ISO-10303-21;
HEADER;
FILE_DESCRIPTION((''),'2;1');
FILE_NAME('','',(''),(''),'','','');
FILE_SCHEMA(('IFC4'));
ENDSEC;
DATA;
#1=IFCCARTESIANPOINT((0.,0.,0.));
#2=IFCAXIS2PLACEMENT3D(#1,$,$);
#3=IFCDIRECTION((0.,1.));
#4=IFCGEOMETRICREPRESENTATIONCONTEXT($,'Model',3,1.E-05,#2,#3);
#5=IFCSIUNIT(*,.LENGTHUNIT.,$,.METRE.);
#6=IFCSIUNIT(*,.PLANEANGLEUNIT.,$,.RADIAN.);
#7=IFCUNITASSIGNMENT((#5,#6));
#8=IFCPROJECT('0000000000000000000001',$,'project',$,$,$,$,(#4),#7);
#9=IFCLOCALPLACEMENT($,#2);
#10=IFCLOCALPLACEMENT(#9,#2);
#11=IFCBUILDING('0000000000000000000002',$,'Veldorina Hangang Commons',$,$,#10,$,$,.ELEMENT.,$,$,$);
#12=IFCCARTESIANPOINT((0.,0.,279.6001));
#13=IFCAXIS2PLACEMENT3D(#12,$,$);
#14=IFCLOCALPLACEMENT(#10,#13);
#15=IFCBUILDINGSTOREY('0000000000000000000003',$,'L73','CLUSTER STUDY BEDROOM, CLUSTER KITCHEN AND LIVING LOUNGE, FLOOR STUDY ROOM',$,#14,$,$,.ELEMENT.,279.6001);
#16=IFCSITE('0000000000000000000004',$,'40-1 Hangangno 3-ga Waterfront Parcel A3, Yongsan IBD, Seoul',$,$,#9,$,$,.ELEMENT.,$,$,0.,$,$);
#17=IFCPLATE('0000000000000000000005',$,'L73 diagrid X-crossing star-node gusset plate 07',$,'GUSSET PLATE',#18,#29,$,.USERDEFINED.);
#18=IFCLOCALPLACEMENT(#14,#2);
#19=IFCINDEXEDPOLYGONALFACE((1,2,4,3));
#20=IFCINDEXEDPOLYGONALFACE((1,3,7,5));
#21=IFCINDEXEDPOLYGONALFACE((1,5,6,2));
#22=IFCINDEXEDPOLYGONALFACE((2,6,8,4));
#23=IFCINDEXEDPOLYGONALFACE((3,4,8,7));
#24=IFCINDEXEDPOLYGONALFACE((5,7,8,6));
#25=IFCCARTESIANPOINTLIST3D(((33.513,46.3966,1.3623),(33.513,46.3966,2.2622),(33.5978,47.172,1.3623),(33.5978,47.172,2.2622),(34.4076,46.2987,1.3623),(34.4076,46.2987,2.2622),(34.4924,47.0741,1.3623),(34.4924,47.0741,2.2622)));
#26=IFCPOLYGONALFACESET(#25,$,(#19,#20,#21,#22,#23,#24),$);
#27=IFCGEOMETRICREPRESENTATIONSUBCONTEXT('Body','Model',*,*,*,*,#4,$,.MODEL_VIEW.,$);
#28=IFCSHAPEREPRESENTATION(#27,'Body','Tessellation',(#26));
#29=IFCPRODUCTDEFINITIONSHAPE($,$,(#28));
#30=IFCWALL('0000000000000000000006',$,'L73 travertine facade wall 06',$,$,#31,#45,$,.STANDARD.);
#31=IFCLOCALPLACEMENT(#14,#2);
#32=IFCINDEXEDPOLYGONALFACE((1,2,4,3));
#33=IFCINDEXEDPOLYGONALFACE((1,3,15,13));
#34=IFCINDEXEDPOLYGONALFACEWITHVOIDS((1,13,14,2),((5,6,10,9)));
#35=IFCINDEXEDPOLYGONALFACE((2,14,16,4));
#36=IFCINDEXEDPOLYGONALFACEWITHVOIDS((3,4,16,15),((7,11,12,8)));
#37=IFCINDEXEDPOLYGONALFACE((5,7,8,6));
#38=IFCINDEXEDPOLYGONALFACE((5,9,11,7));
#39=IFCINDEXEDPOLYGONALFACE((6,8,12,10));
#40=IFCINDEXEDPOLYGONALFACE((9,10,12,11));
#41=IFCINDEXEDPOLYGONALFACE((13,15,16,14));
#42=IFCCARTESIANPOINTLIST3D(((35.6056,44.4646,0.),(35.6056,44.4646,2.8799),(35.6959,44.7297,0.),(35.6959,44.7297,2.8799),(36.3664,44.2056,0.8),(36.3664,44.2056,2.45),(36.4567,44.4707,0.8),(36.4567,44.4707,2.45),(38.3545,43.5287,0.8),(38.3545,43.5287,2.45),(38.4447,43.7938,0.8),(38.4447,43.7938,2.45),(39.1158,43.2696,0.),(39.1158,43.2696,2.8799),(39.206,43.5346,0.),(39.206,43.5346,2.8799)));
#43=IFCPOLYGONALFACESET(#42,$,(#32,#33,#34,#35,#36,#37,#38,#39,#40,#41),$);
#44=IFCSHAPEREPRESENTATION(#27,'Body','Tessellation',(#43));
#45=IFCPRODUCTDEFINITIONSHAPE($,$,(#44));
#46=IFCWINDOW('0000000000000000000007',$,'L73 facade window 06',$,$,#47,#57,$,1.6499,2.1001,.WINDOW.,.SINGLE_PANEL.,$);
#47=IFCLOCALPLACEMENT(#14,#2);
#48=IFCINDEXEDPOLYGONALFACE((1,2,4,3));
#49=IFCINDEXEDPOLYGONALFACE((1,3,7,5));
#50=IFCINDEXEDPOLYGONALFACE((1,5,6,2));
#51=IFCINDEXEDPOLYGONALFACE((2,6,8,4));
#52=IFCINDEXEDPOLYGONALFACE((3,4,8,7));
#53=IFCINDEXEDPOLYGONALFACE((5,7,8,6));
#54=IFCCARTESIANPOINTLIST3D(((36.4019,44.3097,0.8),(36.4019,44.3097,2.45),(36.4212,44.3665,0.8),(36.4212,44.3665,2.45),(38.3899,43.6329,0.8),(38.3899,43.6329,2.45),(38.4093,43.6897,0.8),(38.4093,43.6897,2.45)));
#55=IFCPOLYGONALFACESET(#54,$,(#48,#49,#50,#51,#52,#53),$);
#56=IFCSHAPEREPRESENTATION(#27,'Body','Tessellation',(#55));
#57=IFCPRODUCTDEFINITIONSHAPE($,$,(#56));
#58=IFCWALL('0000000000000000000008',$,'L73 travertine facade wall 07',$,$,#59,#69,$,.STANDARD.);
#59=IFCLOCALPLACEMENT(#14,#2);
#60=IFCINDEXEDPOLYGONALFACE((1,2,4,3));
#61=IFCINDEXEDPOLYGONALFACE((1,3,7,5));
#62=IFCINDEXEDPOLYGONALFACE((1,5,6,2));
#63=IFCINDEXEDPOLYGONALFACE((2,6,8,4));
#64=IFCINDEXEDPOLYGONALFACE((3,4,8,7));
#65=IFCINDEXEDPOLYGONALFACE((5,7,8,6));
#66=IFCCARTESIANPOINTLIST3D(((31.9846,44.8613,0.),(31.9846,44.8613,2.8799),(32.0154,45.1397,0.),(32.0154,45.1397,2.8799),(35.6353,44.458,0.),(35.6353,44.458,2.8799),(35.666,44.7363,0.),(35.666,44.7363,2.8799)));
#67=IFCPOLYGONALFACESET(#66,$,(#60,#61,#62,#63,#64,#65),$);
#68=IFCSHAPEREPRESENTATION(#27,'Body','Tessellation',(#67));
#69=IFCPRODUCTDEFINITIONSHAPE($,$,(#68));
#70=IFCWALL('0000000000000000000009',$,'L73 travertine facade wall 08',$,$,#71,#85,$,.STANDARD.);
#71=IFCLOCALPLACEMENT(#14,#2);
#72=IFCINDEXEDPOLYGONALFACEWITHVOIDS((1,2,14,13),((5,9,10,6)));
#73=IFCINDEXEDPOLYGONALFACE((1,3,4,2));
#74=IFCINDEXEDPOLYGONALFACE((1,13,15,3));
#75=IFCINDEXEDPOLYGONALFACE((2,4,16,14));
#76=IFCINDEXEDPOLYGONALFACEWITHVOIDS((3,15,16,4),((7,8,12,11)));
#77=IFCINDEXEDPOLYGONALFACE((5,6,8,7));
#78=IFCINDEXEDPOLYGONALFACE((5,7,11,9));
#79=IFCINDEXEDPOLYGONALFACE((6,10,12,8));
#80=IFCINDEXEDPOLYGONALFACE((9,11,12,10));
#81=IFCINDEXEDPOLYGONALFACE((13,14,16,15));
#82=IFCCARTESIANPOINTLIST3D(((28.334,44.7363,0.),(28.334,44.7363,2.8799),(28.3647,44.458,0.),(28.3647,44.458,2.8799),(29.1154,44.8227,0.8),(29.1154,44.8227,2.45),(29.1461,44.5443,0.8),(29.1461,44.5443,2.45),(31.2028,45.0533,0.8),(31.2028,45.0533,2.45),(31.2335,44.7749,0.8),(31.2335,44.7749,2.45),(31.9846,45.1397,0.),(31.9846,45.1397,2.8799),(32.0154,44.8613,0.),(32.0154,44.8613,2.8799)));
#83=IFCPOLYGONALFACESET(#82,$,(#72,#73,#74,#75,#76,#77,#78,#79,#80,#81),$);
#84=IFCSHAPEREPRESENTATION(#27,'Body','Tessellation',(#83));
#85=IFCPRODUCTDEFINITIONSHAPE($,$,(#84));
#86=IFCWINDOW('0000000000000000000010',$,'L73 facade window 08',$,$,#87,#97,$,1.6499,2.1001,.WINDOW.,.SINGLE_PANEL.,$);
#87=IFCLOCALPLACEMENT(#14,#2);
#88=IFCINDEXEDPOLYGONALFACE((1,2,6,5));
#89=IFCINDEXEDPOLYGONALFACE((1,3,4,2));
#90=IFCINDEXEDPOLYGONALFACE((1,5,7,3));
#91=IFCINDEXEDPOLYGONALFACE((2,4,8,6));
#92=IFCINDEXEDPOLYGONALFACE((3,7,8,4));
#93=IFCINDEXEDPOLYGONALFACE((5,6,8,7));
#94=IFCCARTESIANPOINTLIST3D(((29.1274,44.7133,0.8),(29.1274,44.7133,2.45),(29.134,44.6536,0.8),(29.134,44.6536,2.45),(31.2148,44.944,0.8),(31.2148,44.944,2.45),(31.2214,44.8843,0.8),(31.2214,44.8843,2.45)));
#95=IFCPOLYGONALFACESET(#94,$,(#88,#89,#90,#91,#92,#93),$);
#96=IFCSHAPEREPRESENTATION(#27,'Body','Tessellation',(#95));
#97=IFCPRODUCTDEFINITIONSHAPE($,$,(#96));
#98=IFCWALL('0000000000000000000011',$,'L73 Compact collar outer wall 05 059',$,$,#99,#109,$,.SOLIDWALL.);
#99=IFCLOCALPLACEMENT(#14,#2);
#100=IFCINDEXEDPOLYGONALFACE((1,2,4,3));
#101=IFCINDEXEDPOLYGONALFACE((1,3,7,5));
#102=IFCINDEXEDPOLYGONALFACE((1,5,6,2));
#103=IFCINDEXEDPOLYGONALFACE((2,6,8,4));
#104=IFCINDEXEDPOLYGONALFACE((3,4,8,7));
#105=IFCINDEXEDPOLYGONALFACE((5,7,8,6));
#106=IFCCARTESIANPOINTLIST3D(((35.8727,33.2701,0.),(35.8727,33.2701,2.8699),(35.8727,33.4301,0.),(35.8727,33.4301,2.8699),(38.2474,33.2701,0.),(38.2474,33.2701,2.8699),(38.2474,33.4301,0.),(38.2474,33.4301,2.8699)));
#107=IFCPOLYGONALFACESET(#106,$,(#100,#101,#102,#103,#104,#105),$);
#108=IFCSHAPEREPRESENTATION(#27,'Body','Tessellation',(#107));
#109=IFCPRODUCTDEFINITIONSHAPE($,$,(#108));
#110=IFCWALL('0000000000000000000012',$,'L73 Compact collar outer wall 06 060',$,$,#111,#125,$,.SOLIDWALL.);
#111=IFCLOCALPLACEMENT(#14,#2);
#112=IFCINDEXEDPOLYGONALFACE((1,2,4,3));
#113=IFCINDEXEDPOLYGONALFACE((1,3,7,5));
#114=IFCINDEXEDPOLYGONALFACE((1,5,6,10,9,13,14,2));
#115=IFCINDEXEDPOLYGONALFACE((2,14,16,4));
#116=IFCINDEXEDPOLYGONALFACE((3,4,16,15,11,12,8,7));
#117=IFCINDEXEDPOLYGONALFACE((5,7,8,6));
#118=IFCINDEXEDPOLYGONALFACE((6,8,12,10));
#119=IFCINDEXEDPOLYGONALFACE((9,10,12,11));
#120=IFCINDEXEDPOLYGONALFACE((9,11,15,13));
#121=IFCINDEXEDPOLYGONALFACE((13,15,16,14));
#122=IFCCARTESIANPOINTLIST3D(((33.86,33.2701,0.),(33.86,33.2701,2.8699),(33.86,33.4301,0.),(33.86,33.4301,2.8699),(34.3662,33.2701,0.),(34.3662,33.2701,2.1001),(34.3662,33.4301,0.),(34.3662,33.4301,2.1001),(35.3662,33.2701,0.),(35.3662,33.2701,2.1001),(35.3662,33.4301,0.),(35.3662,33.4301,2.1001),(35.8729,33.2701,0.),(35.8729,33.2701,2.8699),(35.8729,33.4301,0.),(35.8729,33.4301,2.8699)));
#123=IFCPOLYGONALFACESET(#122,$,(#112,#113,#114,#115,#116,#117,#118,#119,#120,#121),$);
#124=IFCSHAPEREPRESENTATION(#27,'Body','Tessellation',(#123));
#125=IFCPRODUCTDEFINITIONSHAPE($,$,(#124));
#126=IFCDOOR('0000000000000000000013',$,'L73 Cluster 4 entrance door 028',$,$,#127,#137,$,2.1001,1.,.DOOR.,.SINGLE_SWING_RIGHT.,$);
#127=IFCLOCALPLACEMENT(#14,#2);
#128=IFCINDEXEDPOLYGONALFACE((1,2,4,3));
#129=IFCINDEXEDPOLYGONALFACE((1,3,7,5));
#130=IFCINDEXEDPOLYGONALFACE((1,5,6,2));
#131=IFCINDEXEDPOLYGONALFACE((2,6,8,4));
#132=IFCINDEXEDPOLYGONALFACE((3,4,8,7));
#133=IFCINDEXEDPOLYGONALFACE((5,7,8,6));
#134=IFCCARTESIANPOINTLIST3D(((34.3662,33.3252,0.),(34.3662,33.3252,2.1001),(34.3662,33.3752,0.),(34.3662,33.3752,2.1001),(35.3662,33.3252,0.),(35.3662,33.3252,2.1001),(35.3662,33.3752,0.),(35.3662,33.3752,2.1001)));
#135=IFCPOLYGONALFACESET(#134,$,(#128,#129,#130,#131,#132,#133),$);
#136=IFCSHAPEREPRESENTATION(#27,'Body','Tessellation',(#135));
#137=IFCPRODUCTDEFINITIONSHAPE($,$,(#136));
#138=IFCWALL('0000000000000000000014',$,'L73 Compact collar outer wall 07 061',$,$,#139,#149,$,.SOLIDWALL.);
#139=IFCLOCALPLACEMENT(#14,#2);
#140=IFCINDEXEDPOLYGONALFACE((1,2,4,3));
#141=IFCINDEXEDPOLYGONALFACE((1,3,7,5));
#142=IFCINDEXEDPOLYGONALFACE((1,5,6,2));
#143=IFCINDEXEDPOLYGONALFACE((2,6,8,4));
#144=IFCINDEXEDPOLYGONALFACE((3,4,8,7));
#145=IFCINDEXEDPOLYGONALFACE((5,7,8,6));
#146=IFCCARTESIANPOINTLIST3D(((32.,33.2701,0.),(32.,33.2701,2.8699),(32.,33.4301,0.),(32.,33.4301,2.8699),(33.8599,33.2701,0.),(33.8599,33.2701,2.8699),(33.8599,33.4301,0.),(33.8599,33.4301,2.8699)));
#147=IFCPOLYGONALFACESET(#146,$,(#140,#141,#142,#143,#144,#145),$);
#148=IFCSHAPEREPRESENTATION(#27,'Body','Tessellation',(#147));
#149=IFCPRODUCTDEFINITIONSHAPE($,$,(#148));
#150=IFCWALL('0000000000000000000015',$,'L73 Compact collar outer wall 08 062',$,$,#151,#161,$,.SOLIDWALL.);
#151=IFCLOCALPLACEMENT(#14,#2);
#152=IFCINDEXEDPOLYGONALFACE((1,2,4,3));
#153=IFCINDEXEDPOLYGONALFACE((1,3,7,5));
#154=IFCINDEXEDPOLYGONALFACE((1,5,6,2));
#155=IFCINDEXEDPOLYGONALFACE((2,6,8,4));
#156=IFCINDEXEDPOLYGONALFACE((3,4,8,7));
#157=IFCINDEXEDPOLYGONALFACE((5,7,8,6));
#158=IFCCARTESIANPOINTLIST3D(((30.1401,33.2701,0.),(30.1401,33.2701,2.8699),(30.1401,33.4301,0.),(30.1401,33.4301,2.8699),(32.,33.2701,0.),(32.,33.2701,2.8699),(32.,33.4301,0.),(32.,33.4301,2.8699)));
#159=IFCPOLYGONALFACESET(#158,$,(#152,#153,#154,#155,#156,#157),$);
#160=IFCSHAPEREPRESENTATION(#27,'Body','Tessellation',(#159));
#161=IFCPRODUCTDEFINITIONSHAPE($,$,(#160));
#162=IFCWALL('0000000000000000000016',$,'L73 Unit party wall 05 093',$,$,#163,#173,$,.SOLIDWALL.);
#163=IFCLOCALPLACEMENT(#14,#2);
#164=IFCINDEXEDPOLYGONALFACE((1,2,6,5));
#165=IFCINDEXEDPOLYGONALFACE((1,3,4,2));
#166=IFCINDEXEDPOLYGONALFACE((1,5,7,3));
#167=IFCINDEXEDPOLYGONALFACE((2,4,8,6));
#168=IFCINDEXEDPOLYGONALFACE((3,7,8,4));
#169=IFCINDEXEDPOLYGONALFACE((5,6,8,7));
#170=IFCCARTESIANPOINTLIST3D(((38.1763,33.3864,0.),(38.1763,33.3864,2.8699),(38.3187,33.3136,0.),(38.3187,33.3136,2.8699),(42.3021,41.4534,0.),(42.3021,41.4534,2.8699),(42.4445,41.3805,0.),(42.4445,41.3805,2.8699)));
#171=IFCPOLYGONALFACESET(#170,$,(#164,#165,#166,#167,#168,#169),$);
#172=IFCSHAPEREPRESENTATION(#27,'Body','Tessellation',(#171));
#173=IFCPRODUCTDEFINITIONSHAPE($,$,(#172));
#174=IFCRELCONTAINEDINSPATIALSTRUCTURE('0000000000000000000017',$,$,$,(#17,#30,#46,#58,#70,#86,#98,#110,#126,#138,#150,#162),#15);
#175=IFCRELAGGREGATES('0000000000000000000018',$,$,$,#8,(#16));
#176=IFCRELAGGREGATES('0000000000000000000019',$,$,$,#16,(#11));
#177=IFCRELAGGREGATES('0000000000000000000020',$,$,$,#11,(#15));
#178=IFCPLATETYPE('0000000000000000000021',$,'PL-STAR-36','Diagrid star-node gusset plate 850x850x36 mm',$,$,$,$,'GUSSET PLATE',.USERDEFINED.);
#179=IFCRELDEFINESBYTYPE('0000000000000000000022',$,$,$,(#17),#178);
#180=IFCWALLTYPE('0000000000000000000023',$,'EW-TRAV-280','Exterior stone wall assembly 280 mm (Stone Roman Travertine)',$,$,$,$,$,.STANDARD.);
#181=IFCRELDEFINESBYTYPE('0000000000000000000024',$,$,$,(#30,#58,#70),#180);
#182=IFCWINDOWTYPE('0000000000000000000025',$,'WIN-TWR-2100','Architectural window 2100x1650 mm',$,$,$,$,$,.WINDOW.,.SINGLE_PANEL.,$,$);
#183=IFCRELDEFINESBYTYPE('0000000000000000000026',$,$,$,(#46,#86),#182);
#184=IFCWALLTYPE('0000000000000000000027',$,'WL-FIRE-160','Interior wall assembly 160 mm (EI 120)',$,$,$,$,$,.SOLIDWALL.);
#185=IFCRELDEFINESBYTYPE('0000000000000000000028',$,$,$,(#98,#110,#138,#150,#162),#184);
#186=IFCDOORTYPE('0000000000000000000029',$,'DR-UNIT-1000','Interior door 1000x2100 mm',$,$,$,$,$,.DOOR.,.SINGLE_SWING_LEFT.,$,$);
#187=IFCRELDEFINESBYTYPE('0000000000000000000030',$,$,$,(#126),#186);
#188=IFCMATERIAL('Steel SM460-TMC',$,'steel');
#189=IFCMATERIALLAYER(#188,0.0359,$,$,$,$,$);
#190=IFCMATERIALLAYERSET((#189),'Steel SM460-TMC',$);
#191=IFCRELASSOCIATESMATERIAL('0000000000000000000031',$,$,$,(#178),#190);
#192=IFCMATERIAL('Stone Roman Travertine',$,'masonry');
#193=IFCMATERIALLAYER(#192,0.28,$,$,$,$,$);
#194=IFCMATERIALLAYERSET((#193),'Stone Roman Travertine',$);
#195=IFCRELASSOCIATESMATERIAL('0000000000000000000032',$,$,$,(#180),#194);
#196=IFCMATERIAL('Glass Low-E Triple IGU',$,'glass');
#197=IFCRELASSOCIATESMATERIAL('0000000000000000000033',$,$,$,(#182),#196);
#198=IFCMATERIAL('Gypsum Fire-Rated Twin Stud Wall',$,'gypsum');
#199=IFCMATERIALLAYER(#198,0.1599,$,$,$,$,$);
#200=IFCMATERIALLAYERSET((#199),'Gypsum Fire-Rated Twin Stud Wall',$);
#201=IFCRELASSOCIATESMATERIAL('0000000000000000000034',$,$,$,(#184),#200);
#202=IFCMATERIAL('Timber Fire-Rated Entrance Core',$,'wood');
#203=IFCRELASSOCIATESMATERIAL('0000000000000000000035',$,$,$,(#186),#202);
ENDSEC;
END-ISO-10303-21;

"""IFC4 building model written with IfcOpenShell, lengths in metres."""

from ifc_helpers import new_model, si_unit, direction, frame, frame_2d, origin, origin_2d, place, context, subcontext, project, spatial, rectangle, extrude, material, layer, layer_set, type_object, element, fill, save


model = new_model("IFC4")

# Units and contexts
model_context = context("Model", 3, precision=1e-05, world=origin(), true_north=direction((0.0, 1.0)))
body_context = subcontext(model_context, "Body", "Model", "MODEL_VIEW")
ifc_project = project(units=[si_unit("LENGTHUNIT", "METRE"), si_unit("PLANEANGLEUNIT", "RADIAN")], contexts=[model_context])

# Site, building, storey
site_placement = place(None, origin())
site = spatial("IfcSite", under=ifc_project, at=site_placement, Name="40-1 Hangangno 3-ga Waterfront Parcel A3, Yongsan IBD, Seoul", CompositionType="ELEMENT", RefElevation=0.0)
building_placement = place(site_placement, origin())
building = spatial("IfcBuilding", under=site, at=building_placement, Name="Veldorina Hangang Commons", CompositionType="ELEMENT")
storey_placement = place(building_placement, frame((0.0, 0.0, 279.6001)))
storey = spatial("IfcBuildingStorey", under=building, at=storey_placement, Name="L73", Description="CLUSTER STUDY BEDROOM, CLUSTER KITCHEN AND LIVING LOUNGE, FLOOR STUDY ROOM", CompositionType="ELEMENT", Elevation=279.6001)

# Plate
ifc_material_1 = material(Name="Steel SM460-TMC", Category="steel")
ifc_layer_1 = layer(ifc_material_1, 0.0359)
ifc_layer_set_1 = layer_set([ifc_layer_1], Name="Steel SM460-TMC")
plate_type = type_object("IfcPlateType", Name="PL-STAR-36", Description="Diagrid star-node gusset plate 850x850x36 mm", ElementType="GUSSET PLATE", PredefinedType="USERDEFINED", material=ifc_layer_set_1)
plate_placement = place(storey_placement, frame((34.0027, 46.7354, 1.3623), z_axis=(0.0, 0.0, 1.0), x_axis=(-0.99407, 0.108745, 0.0)))
element("IfcPlate", 1, at=plate_placement, inside=storey, type_object=plate_type, Name="L73 diagrid X-crossing star-node gusset plate 07", ObjectType="GUSSET PLATE", PredefinedType="USERDEFINED", context=body_context, shape_type="SweptSolid", body=[
    extrude(rectangle(XDim=0.8999, YDim=0.78, at=origin_2d()), origin(), (0.0, 0.0, 1.0), 0.8999),
])

# Wall, opening, window
ifc_material_2 = material(Name="Stone Roman Travertine", Category="masonry")
ifc_layer_2 = layer(ifc_material_2, 0.28)
ifc_layer_set_2 = layer_set([ifc_layer_2], Name="Stone Roman Travertine")
wall_type_1 = type_object("IfcWallType", Name="EW-TRAV-280", Description="Exterior stone wall assembly 280 mm (Stone Roman Travertine)", PredefinedType="STANDARD", material=ifc_layer_set_2)
wall_1_placement = place(storey_placement, frame((39.1609, 43.4021, 0.0), z_axis=(0.0, 0.0, 1.0), x_axis=(-0.946643, 0.322285, 0.0)))
wall_1 = element("IfcWall", 2, at=wall_1_placement, inside=storey, type_object=wall_type_1, Name="L73 travertine facade wall 06", PredefinedType="STANDARD", context=body_context, shape_type="SweptSolid", body=[
    extrude(rectangle(XDim=3.708, YDim=0.28, at=frame_2d((1.854, 0.0))), origin(), (0.0, 0.0, 1.0), 2.8799),
])
opening_1_placement = place(wall_1_placement, frame((0.8042, 0.0, 0.8)))
opening_1 = element("IfcOpeningElement", 3, at=opening_1_placement, cuts=wall_1, PredefinedType="OPENING", context=body_context, shape_type="SweptSolid", body=[
    extrude(rectangle(XDim=2.1001, YDim=1.6499, at=frame_2d((1.05, 0.825))), frame((0.0, 0.1499, 0.0), z_axis=(0.0, -1.0, 0.0), x_axis=(1.0, 0.0, 0.0)), (0.0, 0.0, 1.0), 0.3),
])
ifc_material_3 = material(Name="Glass Low-E Triple IGU", Category="glass")
window_type = type_object("IfcWindowType", Name="WIN-TWR-2100", Description="Architectural window 2100x1650 mm", PartitioningType="SINGLE_PANEL", PredefinedType="WINDOW", material=ifc_material_3)
window_1_placement = place(opening_1_placement, origin())
window_1 = element("IfcWindow", 4, at=window_1_placement, inside=storey, type_object=window_type, Name="L73 facade window 06", OverallHeight=1.6499, OverallWidth=2.1001, PartitioningType="SINGLE_PANEL", PredefinedType="WINDOW", context=body_context, shape_type="SweptSolid", body=[
    extrude(rectangle(XDim=2.1001, YDim=1.6499, at=frame_2d((1.05, 0.825))), frame((0.0, 0.03, 0.0), z_axis=(0.0, -1.0, 0.0), x_axis=(1.0, 0.0, 0.0)), (0.0, 0.0, 1.0), 0.0601),
])
fill(opening_1, window_1)

# Wall
wall_2_placement = place(storey_placement, frame((35.6506, 44.5972, 0.0), z_axis=(0.0, 0.0, 1.0), x_axis=(-0.993952, 0.109811, 0.0)))
element("IfcWall", 5, at=wall_2_placement, inside=storey, type_object=wall_type_1, Name="L73 travertine facade wall 07", PredefinedType="STANDARD", context=body_context, shape_type="SweptSolid", body=[
    extrude(rectangle(XDim=3.6729, YDim=0.28, at=frame_2d((1.8364, 0.0))), origin(), (0.0, 0.0, 1.0), 2.8799),
])

# Wall, opening, window
wall_3_placement = place(storey_placement, frame((32.0, 45.0005, 0.0), z_axis=(0.0, 0.0, 1.0), x_axis=(-0.993952, -0.109811, 0.0)))
wall_3 = element("IfcWall", 6, at=wall_3_placement, inside=storey, type_object=wall_type_1, Name="L73 travertine facade wall 08", PredefinedType="STANDARD", context=body_context, shape_type="SweptSolid", body=[
    extrude(rectangle(XDim=3.6729, YDim=0.28, at=frame_2d((1.8364, 0.0))), origin(), (0.0, 0.0, 1.0), 2.8799),
])
opening_2_placement = place(wall_3_placement, frame((0.7866, 0.0, 0.8)))
opening_2 = element("IfcOpeningElement", 7, at=opening_2_placement, cuts=wall_3, PredefinedType="OPENING", context=body_context, shape_type="SweptSolid", body=[
    extrude(rectangle(XDim=2.1001, YDim=1.6499, at=frame_2d((1.05, 0.825))), frame((0.0, 0.1499, 0.0), z_axis=(0.0, -1.0, 0.0), x_axis=(1.0, 0.0, 0.0)), (0.0, 0.0, 1.0), 0.3),
])
window_2_placement = place(opening_2_placement, origin())
window_2 = element("IfcWindow", 8, at=window_2_placement, inside=storey, type_object=window_type, Name="L73 facade window 08", OverallHeight=1.6499, OverallWidth=2.1001, PartitioningType="SINGLE_PANEL", PredefinedType="WINDOW", context=body_context, shape_type="SweptSolid", body=[
    extrude(rectangle(XDim=2.1001, YDim=1.6499, at=frame_2d((1.05, 0.825))), frame((0.0, 0.03, 0.0), z_axis=(0.0, -1.0, 0.0), x_axis=(1.0, 0.0, 0.0)), (0.0, 0.0, 1.0), 0.0601),
])
fill(opening_2, window_2)

# Wall
ifc_material_4 = material(Name="Gypsum Fire-Rated Twin Stud Wall", Category="gypsum")
ifc_layer_3 = layer(ifc_material_4, 0.1599)
ifc_layer_set_3 = layer_set([ifc_layer_3], Name="Gypsum Fire-Rated Twin Stud Wall")
wall_type_2 = type_object("IfcWallType", Name="WL-FIRE-160", Description="Interior wall assembly 160 mm (EI 120)", PredefinedType="SOLIDWALL", material=ifc_layer_set_3)
wall_4_placement = place(storey_placement, frame((38.2476, 33.3501, 0.0), z_axis=(0.0, 0.0, 1.0), x_axis=(-1.0, 0.0, 0.0)))
element("IfcWall", 9, at=wall_4_placement, inside=storey, type_object=wall_type_2, Name="L73 Compact collar outer wall 05 059", PredefinedType="SOLIDWALL", context=body_context, shape_type="SweptSolid", body=[
    extrude(rectangle(XDim=2.3748, YDim=0.1599, at=frame_2d((1.1875, 0.0))), origin(), (0.0, 0.0, 1.0), 2.8699),
])

# Wall, opening, door
wall_5_placement = place(storey_placement, frame((35.8728, 33.3501, 0.0), z_axis=(0.0, 0.0, 1.0), x_axis=(-1.0, 0.0, 0.0)))
wall_5 = element("IfcWall", 10, at=wall_5_placement, inside=storey, type_object=wall_type_2, Name="L73 Compact collar outer wall 06 060", PredefinedType="SOLIDWALL", context=body_context, shape_type="SweptSolid", body=[
    extrude(rectangle(XDim=2.0129, YDim=0.1599, at=frame_2d((1.0063, 0.0))), origin(), (0.0, 0.0, 1.0), 2.8699),
])
opening_3_placement = place(wall_5_placement, frame((0.5066, 0.0, 0.0)))
opening_3 = element("IfcOpeningElement", 11, at=opening_3_placement, cuts=wall_5, PredefinedType="OPENING", context=body_context, shape_type="SweptSolid", body=[
    extrude(rectangle(XDim=1.0, YDim=2.1001, at=frame_2d((0.5, 1.05))), frame((0.0, 0.0898, 0.0), z_axis=(0.0, -1.0, 0.0), x_axis=(1.0, 0.0, 0.0)), (0.0, 0.0, 1.0), 0.1799),
])
ifc_material_5 = material(Name="Timber Fire-Rated Entrance Core", Category="wood")
door_type_1 = type_object("IfcDoorType", Name="DR-UNIT-1000", Description="Interior door 1000x2100 mm", OperationType="SINGLE_SWING_LEFT", PredefinedType="DOOR", material=ifc_material_5)
door_1_placement = place(opening_3_placement, origin())
door_1 = element("IfcDoor", 12, at=door_1_placement, inside=storey, type_object=door_type_1, Name="L73 Cluster 4 entrance door 028", OperationType="SINGLE_SWING_RIGHT", OverallHeight=2.1001, OverallWidth=1.0, PredefinedType="DOOR", context=body_context, shape_type="SweptSolid", body=[
    extrude(rectangle(XDim=1.0, YDim=2.1001, at=frame_2d((0.5, 1.05))), frame((0.0, 0.0249, 0.0), z_axis=(0.0, -1.0, 0.0), x_axis=(1.0, 0.0, 0.0)), (0.0, 0.0, 1.0), 0.05),
])
fill(opening_3, door_1)

# Walls
for number, where, z_axis, x_axis, name in (
    (13, (33.8599, 33.3501, 0.0), (0.0, 0.0, 1.0), (-1.0, 0.0, 0.0), "L73 Compact collar outer wall 07 061"),
    (14, (32.0, 33.3501, 0.0), (0.0, 0.0, 1.0), (-1.0, 0.0, 0.0), "L73 Compact collar outer wall 08 062"),
):
    element("IfcWall", number, at=place(storey_placement, frame(where, z_axis=z_axis, x_axis=x_axis)), inside=storey, type_object=wall_type_2, Name=name, PredefinedType="SOLIDWALL", context=body_context, shape_type="SweptSolid", body=[
        extrude(rectangle(XDim=1.8599, YDim=0.1599, at=frame_2d((0.9299, 0.0))), origin(), (0.0, 0.0, 1.0), 2.8699),
    ])
wall_6_placement = place(storey_placement, frame((38.2476, 33.3501, 0.0), z_axis=(0.0, 0.0, 1.0), x_axis=(0.455343, 0.890316, 0.0)))
element("IfcWall", 15, at=wall_6_placement, inside=storey, type_object=wall_type_2, Name="L73 Unit party wall 05 093", PredefinedType="SOLIDWALL", context=body_context, shape_type="SweptSolid", body=[
    extrude(rectangle(XDim=9.0608, YDim=0.1599, at=frame_2d((4.5303, 0.0))), origin(), (0.0, 0.0, 1.0), 2.8699),
])

save(model, "model.ifc")
